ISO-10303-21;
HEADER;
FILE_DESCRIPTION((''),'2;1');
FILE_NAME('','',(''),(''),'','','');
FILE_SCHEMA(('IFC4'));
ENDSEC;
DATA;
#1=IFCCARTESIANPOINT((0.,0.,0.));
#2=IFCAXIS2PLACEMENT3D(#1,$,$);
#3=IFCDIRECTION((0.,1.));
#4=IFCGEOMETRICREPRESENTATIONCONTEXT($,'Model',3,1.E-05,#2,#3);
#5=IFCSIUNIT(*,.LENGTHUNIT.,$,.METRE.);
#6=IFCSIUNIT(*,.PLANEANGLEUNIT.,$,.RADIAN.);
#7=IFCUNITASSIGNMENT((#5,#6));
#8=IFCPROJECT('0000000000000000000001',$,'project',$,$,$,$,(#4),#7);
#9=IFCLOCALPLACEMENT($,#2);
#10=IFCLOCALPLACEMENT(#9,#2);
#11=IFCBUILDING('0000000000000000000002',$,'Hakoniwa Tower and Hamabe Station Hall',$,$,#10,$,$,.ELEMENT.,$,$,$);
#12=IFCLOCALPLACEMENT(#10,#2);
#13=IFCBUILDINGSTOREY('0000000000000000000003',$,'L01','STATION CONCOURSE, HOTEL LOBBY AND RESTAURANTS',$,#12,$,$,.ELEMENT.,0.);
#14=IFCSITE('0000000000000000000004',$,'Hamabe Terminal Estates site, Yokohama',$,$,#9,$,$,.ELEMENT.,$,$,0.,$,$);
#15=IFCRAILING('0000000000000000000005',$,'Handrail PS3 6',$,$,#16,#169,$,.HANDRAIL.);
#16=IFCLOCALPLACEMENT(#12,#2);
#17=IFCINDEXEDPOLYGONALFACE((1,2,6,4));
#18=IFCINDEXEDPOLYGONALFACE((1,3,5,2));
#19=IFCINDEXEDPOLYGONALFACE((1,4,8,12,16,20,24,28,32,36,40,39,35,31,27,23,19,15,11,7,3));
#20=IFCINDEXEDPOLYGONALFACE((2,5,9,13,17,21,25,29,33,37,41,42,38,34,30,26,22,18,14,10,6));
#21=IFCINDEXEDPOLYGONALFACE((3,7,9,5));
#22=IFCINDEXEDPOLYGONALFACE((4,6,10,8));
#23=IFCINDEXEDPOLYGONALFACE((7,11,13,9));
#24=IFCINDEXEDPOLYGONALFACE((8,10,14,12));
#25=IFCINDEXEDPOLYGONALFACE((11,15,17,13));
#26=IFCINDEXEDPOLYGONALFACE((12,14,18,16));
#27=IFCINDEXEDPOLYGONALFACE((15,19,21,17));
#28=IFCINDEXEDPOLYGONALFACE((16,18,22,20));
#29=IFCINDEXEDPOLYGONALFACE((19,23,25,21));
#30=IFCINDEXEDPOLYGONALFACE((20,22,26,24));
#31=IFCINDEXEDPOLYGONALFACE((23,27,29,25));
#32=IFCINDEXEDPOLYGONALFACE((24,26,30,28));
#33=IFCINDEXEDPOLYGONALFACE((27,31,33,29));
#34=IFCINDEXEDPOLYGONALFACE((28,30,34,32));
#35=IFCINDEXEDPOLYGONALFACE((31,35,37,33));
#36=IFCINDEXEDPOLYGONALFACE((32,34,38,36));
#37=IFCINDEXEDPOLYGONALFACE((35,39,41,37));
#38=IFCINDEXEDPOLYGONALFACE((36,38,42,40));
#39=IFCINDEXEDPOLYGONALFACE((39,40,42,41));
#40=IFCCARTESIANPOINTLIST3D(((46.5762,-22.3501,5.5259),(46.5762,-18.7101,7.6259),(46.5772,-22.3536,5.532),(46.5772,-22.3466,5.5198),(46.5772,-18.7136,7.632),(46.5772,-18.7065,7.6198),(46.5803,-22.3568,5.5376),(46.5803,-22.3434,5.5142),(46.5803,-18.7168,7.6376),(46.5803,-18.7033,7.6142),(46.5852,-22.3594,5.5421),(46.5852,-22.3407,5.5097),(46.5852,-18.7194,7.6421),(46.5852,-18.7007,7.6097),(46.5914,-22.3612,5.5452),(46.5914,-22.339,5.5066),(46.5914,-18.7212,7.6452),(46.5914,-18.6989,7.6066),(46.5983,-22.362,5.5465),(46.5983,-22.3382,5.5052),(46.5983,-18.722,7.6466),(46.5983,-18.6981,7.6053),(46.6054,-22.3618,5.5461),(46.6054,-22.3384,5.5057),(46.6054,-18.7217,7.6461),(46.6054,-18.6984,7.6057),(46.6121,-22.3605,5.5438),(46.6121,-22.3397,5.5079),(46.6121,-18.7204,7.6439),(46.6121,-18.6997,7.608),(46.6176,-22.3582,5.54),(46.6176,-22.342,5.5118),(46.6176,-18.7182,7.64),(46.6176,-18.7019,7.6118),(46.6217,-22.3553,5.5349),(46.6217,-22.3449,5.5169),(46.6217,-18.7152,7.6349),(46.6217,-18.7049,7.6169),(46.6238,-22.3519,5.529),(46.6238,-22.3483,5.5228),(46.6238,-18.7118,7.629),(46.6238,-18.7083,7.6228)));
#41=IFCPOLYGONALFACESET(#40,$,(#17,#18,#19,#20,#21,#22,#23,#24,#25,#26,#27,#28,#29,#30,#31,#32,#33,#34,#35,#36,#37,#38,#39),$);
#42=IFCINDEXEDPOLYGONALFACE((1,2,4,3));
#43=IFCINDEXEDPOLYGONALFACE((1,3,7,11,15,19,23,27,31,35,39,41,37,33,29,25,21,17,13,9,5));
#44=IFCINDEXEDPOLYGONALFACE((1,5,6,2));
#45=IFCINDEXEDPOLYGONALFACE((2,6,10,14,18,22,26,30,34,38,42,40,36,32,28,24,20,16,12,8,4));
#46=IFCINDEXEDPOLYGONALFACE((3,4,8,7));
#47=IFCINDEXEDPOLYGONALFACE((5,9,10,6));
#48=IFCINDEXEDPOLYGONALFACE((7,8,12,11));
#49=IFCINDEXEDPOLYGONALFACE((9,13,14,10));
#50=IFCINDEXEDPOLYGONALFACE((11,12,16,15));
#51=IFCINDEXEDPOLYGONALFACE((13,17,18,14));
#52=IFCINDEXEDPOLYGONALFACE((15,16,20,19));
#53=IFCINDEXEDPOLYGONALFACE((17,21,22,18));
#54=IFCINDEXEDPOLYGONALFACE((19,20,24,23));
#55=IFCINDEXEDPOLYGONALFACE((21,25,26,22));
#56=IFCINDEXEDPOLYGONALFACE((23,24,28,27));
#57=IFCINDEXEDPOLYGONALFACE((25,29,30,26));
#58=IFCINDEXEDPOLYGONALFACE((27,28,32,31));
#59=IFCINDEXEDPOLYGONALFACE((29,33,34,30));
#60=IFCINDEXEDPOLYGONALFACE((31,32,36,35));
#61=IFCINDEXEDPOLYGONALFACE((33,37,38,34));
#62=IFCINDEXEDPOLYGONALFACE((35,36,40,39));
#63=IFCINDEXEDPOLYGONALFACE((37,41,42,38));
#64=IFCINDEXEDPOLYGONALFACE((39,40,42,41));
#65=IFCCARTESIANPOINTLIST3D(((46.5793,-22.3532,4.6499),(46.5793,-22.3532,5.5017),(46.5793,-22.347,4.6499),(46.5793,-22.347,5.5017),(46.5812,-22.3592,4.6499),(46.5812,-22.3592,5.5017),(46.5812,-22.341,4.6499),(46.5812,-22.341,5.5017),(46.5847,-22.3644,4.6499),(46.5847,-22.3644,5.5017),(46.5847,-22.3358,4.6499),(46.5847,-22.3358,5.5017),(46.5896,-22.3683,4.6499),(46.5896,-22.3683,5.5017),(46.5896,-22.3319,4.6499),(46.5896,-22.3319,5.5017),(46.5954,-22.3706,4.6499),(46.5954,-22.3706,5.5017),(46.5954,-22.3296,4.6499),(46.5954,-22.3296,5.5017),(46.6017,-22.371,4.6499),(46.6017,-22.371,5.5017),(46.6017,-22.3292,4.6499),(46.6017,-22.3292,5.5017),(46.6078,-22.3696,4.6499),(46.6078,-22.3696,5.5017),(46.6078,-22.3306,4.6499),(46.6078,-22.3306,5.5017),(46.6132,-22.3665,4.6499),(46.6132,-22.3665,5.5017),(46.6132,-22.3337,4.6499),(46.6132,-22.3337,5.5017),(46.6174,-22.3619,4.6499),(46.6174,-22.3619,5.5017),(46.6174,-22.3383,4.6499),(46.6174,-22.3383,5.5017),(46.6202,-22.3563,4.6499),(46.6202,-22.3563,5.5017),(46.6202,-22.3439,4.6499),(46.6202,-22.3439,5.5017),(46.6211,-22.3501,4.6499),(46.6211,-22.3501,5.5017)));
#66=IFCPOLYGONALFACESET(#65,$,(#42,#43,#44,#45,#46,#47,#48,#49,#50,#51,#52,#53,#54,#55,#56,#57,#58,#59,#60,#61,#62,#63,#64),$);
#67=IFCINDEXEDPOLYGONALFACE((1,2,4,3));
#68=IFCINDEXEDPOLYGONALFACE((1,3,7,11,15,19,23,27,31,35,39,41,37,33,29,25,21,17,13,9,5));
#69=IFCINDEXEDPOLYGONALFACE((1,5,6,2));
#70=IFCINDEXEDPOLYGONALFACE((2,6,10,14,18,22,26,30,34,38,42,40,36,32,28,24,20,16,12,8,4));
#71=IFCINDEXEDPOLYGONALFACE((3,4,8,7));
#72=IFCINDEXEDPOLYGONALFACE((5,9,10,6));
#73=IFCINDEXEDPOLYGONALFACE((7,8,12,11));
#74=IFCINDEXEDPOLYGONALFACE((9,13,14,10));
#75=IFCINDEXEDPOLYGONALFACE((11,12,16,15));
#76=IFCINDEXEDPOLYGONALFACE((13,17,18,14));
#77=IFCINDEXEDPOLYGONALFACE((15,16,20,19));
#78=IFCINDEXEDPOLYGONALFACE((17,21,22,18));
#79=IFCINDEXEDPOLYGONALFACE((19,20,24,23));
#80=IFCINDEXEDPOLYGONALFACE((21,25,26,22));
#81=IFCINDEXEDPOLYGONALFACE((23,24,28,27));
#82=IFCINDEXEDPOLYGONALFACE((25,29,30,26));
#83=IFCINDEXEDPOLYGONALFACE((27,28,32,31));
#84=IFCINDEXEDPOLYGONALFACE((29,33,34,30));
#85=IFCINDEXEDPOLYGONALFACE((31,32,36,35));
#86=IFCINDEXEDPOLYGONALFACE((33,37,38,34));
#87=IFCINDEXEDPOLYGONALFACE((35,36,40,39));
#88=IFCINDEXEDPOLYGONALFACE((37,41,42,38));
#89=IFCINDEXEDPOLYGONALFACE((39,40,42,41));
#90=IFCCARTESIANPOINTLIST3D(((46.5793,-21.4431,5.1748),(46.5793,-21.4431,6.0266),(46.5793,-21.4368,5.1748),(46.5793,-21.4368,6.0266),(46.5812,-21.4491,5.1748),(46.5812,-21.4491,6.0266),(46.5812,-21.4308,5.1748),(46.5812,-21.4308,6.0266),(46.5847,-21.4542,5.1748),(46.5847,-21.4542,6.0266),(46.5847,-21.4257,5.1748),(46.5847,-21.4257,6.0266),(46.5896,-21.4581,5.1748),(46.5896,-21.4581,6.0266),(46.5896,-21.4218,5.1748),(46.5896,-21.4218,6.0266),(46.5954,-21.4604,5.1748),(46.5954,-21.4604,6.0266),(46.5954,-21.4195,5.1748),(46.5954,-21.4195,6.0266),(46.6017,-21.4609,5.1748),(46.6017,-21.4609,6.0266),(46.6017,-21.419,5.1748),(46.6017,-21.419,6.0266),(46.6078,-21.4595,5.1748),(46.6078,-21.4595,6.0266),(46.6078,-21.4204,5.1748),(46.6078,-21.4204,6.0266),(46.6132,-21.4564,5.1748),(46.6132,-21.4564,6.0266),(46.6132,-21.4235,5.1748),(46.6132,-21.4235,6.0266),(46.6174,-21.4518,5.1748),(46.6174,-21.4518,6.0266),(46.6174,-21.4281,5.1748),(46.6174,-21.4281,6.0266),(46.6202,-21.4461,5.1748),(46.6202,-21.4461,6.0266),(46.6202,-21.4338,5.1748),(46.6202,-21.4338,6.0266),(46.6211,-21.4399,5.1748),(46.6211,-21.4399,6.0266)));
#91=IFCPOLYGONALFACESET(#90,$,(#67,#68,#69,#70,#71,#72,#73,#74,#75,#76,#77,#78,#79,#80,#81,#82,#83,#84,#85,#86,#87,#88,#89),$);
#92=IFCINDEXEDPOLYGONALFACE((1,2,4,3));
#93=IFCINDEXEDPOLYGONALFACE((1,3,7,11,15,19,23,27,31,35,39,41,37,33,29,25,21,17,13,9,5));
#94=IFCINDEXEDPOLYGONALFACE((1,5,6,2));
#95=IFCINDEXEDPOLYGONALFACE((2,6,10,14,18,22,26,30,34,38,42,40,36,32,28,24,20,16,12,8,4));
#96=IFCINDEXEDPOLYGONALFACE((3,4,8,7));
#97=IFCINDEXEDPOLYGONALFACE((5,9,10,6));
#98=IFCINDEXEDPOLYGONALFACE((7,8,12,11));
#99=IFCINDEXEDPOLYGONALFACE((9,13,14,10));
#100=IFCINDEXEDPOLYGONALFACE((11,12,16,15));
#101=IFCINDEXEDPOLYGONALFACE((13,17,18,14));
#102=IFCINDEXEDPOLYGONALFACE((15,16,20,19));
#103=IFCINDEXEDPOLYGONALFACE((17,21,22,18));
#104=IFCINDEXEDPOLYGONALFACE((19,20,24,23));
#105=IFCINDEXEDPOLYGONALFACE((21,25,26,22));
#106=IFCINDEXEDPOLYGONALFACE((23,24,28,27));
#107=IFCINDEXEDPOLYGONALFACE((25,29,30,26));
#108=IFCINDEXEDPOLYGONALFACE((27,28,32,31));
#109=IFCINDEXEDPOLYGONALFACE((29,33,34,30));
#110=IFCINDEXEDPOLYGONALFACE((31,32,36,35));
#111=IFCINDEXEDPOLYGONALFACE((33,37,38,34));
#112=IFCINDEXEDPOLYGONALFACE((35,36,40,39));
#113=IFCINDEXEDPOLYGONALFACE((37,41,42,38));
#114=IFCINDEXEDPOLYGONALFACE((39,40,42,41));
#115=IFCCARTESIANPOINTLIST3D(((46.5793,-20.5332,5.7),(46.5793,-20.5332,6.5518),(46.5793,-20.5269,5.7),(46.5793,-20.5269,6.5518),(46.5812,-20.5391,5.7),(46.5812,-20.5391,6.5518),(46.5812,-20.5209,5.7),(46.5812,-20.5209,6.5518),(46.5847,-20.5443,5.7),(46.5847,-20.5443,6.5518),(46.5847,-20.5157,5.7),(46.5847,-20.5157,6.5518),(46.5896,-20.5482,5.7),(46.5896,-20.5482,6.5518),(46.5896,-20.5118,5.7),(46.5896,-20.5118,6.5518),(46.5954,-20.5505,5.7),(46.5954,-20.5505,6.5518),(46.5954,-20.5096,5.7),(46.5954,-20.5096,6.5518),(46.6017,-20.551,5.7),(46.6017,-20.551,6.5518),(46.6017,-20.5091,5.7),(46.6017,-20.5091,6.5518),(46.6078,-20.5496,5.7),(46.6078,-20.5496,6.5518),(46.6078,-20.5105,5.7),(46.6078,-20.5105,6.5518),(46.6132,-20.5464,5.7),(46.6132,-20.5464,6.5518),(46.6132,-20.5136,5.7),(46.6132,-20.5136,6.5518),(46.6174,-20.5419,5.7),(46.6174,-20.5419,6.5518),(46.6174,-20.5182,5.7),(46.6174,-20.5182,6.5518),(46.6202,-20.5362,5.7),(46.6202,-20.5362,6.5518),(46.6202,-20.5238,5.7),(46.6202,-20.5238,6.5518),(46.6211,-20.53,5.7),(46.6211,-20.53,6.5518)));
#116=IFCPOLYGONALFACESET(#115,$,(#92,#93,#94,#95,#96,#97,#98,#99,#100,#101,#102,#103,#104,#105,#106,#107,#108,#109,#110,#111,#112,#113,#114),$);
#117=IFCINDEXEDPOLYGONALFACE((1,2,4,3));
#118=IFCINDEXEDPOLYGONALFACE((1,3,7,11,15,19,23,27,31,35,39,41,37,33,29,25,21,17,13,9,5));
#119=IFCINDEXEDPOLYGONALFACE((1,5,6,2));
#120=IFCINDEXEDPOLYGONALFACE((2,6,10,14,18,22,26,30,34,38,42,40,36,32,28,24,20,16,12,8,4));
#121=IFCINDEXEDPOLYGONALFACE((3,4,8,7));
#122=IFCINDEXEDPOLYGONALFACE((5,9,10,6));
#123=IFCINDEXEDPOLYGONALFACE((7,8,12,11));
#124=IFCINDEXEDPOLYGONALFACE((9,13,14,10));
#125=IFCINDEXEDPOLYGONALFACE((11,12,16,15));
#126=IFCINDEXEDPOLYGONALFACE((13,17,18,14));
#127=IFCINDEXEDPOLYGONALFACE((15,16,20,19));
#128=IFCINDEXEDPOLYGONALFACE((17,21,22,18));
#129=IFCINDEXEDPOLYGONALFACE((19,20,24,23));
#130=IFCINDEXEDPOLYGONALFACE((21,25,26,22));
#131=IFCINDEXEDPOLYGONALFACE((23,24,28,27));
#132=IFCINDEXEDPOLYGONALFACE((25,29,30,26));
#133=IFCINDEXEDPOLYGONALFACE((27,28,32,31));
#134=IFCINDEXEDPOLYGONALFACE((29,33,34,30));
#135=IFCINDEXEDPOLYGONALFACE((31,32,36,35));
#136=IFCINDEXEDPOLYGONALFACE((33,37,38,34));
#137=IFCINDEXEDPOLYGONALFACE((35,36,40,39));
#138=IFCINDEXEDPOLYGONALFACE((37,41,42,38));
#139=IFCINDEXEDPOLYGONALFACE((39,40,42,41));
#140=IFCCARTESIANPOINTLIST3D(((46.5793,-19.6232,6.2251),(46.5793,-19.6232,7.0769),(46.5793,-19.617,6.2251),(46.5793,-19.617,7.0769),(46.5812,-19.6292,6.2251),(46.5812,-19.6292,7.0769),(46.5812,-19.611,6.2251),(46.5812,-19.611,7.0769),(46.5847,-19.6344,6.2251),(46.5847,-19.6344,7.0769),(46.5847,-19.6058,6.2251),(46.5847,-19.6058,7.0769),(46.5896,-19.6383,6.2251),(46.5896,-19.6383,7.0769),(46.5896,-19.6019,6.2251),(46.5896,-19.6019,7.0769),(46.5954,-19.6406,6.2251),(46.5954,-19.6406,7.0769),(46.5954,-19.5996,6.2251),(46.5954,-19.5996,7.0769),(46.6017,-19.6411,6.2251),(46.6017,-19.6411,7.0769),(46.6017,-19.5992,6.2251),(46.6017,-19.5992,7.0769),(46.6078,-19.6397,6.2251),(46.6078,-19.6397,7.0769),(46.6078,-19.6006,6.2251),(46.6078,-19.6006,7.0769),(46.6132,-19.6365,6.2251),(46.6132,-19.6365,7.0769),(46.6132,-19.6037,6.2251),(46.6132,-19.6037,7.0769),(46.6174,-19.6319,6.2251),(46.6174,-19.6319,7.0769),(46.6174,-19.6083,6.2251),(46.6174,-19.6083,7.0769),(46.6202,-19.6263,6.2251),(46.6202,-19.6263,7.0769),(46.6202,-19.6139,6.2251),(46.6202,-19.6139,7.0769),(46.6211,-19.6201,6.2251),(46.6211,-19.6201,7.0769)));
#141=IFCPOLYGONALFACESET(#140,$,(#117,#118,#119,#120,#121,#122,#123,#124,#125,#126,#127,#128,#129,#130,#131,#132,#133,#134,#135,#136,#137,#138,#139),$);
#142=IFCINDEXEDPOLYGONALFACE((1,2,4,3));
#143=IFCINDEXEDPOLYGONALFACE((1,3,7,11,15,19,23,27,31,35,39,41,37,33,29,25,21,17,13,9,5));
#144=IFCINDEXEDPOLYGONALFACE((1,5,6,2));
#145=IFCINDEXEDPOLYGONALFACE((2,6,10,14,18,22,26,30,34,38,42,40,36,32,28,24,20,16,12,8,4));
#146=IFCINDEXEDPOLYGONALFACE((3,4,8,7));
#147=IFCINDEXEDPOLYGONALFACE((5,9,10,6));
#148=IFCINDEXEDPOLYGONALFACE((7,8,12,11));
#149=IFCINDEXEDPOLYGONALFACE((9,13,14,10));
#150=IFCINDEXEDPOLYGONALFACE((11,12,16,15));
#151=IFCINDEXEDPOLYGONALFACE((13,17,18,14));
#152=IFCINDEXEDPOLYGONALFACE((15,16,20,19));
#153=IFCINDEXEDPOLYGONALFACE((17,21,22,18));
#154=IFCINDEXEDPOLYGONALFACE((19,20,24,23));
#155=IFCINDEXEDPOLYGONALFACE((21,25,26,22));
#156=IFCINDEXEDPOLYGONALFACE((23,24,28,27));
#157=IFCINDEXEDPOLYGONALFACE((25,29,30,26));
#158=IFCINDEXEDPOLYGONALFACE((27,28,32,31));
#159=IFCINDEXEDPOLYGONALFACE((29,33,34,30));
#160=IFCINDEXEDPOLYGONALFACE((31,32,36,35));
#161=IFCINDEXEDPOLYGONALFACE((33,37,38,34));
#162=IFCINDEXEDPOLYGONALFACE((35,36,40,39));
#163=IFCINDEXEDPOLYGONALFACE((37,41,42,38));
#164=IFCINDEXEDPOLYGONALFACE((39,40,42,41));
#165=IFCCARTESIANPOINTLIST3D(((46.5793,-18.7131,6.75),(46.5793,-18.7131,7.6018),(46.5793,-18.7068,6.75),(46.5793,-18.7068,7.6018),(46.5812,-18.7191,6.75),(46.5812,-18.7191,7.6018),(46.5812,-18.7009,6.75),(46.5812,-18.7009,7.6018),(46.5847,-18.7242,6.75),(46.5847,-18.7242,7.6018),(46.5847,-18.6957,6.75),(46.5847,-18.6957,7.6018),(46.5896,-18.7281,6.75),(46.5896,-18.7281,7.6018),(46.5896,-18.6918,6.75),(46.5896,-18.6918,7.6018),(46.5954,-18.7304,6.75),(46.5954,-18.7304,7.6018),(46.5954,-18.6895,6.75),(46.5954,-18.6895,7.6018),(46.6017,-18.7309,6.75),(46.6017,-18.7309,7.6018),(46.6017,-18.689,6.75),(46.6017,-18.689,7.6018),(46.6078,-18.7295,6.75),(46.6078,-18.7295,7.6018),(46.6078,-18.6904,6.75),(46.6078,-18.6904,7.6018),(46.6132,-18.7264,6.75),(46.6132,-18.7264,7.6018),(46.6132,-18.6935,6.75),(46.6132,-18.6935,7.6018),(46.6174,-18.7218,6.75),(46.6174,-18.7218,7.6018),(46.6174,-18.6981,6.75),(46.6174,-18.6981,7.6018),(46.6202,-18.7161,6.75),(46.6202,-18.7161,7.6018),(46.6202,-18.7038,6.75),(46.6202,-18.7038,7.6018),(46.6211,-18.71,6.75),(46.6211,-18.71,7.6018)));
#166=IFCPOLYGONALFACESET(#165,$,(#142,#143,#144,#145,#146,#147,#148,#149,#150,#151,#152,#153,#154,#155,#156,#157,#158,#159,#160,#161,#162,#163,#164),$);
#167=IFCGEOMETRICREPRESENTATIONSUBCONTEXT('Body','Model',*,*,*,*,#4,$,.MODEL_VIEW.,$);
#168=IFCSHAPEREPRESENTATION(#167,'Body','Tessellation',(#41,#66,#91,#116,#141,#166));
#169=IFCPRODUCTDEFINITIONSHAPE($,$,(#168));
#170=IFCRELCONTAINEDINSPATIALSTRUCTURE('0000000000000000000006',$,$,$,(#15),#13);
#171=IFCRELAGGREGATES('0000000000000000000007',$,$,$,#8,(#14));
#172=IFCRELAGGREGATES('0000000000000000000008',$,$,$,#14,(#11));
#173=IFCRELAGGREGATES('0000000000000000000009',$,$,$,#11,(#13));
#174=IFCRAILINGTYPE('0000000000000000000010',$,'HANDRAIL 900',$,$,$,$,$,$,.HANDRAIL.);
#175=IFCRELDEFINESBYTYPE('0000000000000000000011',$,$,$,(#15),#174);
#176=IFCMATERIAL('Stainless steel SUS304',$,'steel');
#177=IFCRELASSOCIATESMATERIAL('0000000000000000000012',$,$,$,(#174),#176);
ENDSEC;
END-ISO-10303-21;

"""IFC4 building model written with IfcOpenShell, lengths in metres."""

from ifc_helpers import new_model, si_unit, direction, frame, origin, origin_2d, place, context, subcontext, project, spatial, circle, extrude, material, type_object, element, save


model = new_model("IFC4")

# Units and contexts
model_context = context("Model", 3, precision=1e-05, world=origin(), true_north=direction((0.0, 1.0)))
body_context = subcontext(model_context, "Body", "Model", "MODEL_VIEW")
ifc_project = project(units=[si_unit("LENGTHUNIT", "METRE"), si_unit("PLANEANGLEUNIT", "RADIAN")], contexts=[model_context])

# Site, building, storey
site_placement = place(None, origin())
site = spatial("IfcSite", under=ifc_project, at=site_placement, Name="Hamabe Terminal Estates site, Yokohama", CompositionType="ELEMENT", RefElevation=0.0)
building_placement = place(site_placement, origin())
building = spatial("IfcBuilding", under=site, at=building_placement, Name="Hakoniwa Tower and Hamabe Station Hall", CompositionType="ELEMENT")
storey_placement = place(building_placement, origin())
storey = spatial("IfcBuildingStorey", under=building, at=storey_placement, Name="L01", Description="STATION CONCOURSE, HOTEL LOBBY AND RESTAURANTS", CompositionType="ELEMENT", Elevation=0.0)

# Railing
ifc_material_1 = material(Name="Stainless steel SUS304", Category="steel")
railing_type_1 = type_object("IfcRailingType", Name="HANDRAIL 900", PredefinedType="HANDRAIL", material=ifc_material_1)
for number, where, name in (
    (1, (46.6001, -22.3501, 4.6499), "Handrail PS3 6"),
):
    element("IfcRailing", number, at=place(storey_placement, frame(where)), inside=storey, type_object=railing_type_1, Name=name, PredefinedType="HANDRAIL", context=body_context, shape_type="SweptSolid", body=[
        extrude(circle(Radius=0.0239, at=origin_2d()), frame((0.0, 0.0, 0.876), z_axis=(0.0, 0.866184, 0.499726), x_axis=(-1.0, 0.0, 0.0)), (0.0, 0.0, 1.0), 4.2024),
        extrude(circle(Radius=0.021, at=origin_2d()), origin(), (0.0, 0.0, 1.0), 0.8518),
        extrude(circle(Radius=0.021, at=origin_2d()), frame((0.0, 0.9102, 0.5249)), (0.0, 0.0, 1.0), 0.8518),
        extrude(circle(Radius=0.021, at=origin_2d()), frame((0.0, 1.8201, 1.05)), (0.0, 0.0, 1.0), 0.8518),
        extrude(circle(Radius=0.021, at=origin_2d()), frame((0.0, 2.73, 1.5752)), (0.0, 0.0, 1.0), 0.8518),
        extrude(circle(Radius=0.021, at=origin_2d()), frame((0.0, 3.6401, 2.1001)), (0.0, 0.0, 1.0), 0.8518),
    ])

save(model, "model.ifc")
